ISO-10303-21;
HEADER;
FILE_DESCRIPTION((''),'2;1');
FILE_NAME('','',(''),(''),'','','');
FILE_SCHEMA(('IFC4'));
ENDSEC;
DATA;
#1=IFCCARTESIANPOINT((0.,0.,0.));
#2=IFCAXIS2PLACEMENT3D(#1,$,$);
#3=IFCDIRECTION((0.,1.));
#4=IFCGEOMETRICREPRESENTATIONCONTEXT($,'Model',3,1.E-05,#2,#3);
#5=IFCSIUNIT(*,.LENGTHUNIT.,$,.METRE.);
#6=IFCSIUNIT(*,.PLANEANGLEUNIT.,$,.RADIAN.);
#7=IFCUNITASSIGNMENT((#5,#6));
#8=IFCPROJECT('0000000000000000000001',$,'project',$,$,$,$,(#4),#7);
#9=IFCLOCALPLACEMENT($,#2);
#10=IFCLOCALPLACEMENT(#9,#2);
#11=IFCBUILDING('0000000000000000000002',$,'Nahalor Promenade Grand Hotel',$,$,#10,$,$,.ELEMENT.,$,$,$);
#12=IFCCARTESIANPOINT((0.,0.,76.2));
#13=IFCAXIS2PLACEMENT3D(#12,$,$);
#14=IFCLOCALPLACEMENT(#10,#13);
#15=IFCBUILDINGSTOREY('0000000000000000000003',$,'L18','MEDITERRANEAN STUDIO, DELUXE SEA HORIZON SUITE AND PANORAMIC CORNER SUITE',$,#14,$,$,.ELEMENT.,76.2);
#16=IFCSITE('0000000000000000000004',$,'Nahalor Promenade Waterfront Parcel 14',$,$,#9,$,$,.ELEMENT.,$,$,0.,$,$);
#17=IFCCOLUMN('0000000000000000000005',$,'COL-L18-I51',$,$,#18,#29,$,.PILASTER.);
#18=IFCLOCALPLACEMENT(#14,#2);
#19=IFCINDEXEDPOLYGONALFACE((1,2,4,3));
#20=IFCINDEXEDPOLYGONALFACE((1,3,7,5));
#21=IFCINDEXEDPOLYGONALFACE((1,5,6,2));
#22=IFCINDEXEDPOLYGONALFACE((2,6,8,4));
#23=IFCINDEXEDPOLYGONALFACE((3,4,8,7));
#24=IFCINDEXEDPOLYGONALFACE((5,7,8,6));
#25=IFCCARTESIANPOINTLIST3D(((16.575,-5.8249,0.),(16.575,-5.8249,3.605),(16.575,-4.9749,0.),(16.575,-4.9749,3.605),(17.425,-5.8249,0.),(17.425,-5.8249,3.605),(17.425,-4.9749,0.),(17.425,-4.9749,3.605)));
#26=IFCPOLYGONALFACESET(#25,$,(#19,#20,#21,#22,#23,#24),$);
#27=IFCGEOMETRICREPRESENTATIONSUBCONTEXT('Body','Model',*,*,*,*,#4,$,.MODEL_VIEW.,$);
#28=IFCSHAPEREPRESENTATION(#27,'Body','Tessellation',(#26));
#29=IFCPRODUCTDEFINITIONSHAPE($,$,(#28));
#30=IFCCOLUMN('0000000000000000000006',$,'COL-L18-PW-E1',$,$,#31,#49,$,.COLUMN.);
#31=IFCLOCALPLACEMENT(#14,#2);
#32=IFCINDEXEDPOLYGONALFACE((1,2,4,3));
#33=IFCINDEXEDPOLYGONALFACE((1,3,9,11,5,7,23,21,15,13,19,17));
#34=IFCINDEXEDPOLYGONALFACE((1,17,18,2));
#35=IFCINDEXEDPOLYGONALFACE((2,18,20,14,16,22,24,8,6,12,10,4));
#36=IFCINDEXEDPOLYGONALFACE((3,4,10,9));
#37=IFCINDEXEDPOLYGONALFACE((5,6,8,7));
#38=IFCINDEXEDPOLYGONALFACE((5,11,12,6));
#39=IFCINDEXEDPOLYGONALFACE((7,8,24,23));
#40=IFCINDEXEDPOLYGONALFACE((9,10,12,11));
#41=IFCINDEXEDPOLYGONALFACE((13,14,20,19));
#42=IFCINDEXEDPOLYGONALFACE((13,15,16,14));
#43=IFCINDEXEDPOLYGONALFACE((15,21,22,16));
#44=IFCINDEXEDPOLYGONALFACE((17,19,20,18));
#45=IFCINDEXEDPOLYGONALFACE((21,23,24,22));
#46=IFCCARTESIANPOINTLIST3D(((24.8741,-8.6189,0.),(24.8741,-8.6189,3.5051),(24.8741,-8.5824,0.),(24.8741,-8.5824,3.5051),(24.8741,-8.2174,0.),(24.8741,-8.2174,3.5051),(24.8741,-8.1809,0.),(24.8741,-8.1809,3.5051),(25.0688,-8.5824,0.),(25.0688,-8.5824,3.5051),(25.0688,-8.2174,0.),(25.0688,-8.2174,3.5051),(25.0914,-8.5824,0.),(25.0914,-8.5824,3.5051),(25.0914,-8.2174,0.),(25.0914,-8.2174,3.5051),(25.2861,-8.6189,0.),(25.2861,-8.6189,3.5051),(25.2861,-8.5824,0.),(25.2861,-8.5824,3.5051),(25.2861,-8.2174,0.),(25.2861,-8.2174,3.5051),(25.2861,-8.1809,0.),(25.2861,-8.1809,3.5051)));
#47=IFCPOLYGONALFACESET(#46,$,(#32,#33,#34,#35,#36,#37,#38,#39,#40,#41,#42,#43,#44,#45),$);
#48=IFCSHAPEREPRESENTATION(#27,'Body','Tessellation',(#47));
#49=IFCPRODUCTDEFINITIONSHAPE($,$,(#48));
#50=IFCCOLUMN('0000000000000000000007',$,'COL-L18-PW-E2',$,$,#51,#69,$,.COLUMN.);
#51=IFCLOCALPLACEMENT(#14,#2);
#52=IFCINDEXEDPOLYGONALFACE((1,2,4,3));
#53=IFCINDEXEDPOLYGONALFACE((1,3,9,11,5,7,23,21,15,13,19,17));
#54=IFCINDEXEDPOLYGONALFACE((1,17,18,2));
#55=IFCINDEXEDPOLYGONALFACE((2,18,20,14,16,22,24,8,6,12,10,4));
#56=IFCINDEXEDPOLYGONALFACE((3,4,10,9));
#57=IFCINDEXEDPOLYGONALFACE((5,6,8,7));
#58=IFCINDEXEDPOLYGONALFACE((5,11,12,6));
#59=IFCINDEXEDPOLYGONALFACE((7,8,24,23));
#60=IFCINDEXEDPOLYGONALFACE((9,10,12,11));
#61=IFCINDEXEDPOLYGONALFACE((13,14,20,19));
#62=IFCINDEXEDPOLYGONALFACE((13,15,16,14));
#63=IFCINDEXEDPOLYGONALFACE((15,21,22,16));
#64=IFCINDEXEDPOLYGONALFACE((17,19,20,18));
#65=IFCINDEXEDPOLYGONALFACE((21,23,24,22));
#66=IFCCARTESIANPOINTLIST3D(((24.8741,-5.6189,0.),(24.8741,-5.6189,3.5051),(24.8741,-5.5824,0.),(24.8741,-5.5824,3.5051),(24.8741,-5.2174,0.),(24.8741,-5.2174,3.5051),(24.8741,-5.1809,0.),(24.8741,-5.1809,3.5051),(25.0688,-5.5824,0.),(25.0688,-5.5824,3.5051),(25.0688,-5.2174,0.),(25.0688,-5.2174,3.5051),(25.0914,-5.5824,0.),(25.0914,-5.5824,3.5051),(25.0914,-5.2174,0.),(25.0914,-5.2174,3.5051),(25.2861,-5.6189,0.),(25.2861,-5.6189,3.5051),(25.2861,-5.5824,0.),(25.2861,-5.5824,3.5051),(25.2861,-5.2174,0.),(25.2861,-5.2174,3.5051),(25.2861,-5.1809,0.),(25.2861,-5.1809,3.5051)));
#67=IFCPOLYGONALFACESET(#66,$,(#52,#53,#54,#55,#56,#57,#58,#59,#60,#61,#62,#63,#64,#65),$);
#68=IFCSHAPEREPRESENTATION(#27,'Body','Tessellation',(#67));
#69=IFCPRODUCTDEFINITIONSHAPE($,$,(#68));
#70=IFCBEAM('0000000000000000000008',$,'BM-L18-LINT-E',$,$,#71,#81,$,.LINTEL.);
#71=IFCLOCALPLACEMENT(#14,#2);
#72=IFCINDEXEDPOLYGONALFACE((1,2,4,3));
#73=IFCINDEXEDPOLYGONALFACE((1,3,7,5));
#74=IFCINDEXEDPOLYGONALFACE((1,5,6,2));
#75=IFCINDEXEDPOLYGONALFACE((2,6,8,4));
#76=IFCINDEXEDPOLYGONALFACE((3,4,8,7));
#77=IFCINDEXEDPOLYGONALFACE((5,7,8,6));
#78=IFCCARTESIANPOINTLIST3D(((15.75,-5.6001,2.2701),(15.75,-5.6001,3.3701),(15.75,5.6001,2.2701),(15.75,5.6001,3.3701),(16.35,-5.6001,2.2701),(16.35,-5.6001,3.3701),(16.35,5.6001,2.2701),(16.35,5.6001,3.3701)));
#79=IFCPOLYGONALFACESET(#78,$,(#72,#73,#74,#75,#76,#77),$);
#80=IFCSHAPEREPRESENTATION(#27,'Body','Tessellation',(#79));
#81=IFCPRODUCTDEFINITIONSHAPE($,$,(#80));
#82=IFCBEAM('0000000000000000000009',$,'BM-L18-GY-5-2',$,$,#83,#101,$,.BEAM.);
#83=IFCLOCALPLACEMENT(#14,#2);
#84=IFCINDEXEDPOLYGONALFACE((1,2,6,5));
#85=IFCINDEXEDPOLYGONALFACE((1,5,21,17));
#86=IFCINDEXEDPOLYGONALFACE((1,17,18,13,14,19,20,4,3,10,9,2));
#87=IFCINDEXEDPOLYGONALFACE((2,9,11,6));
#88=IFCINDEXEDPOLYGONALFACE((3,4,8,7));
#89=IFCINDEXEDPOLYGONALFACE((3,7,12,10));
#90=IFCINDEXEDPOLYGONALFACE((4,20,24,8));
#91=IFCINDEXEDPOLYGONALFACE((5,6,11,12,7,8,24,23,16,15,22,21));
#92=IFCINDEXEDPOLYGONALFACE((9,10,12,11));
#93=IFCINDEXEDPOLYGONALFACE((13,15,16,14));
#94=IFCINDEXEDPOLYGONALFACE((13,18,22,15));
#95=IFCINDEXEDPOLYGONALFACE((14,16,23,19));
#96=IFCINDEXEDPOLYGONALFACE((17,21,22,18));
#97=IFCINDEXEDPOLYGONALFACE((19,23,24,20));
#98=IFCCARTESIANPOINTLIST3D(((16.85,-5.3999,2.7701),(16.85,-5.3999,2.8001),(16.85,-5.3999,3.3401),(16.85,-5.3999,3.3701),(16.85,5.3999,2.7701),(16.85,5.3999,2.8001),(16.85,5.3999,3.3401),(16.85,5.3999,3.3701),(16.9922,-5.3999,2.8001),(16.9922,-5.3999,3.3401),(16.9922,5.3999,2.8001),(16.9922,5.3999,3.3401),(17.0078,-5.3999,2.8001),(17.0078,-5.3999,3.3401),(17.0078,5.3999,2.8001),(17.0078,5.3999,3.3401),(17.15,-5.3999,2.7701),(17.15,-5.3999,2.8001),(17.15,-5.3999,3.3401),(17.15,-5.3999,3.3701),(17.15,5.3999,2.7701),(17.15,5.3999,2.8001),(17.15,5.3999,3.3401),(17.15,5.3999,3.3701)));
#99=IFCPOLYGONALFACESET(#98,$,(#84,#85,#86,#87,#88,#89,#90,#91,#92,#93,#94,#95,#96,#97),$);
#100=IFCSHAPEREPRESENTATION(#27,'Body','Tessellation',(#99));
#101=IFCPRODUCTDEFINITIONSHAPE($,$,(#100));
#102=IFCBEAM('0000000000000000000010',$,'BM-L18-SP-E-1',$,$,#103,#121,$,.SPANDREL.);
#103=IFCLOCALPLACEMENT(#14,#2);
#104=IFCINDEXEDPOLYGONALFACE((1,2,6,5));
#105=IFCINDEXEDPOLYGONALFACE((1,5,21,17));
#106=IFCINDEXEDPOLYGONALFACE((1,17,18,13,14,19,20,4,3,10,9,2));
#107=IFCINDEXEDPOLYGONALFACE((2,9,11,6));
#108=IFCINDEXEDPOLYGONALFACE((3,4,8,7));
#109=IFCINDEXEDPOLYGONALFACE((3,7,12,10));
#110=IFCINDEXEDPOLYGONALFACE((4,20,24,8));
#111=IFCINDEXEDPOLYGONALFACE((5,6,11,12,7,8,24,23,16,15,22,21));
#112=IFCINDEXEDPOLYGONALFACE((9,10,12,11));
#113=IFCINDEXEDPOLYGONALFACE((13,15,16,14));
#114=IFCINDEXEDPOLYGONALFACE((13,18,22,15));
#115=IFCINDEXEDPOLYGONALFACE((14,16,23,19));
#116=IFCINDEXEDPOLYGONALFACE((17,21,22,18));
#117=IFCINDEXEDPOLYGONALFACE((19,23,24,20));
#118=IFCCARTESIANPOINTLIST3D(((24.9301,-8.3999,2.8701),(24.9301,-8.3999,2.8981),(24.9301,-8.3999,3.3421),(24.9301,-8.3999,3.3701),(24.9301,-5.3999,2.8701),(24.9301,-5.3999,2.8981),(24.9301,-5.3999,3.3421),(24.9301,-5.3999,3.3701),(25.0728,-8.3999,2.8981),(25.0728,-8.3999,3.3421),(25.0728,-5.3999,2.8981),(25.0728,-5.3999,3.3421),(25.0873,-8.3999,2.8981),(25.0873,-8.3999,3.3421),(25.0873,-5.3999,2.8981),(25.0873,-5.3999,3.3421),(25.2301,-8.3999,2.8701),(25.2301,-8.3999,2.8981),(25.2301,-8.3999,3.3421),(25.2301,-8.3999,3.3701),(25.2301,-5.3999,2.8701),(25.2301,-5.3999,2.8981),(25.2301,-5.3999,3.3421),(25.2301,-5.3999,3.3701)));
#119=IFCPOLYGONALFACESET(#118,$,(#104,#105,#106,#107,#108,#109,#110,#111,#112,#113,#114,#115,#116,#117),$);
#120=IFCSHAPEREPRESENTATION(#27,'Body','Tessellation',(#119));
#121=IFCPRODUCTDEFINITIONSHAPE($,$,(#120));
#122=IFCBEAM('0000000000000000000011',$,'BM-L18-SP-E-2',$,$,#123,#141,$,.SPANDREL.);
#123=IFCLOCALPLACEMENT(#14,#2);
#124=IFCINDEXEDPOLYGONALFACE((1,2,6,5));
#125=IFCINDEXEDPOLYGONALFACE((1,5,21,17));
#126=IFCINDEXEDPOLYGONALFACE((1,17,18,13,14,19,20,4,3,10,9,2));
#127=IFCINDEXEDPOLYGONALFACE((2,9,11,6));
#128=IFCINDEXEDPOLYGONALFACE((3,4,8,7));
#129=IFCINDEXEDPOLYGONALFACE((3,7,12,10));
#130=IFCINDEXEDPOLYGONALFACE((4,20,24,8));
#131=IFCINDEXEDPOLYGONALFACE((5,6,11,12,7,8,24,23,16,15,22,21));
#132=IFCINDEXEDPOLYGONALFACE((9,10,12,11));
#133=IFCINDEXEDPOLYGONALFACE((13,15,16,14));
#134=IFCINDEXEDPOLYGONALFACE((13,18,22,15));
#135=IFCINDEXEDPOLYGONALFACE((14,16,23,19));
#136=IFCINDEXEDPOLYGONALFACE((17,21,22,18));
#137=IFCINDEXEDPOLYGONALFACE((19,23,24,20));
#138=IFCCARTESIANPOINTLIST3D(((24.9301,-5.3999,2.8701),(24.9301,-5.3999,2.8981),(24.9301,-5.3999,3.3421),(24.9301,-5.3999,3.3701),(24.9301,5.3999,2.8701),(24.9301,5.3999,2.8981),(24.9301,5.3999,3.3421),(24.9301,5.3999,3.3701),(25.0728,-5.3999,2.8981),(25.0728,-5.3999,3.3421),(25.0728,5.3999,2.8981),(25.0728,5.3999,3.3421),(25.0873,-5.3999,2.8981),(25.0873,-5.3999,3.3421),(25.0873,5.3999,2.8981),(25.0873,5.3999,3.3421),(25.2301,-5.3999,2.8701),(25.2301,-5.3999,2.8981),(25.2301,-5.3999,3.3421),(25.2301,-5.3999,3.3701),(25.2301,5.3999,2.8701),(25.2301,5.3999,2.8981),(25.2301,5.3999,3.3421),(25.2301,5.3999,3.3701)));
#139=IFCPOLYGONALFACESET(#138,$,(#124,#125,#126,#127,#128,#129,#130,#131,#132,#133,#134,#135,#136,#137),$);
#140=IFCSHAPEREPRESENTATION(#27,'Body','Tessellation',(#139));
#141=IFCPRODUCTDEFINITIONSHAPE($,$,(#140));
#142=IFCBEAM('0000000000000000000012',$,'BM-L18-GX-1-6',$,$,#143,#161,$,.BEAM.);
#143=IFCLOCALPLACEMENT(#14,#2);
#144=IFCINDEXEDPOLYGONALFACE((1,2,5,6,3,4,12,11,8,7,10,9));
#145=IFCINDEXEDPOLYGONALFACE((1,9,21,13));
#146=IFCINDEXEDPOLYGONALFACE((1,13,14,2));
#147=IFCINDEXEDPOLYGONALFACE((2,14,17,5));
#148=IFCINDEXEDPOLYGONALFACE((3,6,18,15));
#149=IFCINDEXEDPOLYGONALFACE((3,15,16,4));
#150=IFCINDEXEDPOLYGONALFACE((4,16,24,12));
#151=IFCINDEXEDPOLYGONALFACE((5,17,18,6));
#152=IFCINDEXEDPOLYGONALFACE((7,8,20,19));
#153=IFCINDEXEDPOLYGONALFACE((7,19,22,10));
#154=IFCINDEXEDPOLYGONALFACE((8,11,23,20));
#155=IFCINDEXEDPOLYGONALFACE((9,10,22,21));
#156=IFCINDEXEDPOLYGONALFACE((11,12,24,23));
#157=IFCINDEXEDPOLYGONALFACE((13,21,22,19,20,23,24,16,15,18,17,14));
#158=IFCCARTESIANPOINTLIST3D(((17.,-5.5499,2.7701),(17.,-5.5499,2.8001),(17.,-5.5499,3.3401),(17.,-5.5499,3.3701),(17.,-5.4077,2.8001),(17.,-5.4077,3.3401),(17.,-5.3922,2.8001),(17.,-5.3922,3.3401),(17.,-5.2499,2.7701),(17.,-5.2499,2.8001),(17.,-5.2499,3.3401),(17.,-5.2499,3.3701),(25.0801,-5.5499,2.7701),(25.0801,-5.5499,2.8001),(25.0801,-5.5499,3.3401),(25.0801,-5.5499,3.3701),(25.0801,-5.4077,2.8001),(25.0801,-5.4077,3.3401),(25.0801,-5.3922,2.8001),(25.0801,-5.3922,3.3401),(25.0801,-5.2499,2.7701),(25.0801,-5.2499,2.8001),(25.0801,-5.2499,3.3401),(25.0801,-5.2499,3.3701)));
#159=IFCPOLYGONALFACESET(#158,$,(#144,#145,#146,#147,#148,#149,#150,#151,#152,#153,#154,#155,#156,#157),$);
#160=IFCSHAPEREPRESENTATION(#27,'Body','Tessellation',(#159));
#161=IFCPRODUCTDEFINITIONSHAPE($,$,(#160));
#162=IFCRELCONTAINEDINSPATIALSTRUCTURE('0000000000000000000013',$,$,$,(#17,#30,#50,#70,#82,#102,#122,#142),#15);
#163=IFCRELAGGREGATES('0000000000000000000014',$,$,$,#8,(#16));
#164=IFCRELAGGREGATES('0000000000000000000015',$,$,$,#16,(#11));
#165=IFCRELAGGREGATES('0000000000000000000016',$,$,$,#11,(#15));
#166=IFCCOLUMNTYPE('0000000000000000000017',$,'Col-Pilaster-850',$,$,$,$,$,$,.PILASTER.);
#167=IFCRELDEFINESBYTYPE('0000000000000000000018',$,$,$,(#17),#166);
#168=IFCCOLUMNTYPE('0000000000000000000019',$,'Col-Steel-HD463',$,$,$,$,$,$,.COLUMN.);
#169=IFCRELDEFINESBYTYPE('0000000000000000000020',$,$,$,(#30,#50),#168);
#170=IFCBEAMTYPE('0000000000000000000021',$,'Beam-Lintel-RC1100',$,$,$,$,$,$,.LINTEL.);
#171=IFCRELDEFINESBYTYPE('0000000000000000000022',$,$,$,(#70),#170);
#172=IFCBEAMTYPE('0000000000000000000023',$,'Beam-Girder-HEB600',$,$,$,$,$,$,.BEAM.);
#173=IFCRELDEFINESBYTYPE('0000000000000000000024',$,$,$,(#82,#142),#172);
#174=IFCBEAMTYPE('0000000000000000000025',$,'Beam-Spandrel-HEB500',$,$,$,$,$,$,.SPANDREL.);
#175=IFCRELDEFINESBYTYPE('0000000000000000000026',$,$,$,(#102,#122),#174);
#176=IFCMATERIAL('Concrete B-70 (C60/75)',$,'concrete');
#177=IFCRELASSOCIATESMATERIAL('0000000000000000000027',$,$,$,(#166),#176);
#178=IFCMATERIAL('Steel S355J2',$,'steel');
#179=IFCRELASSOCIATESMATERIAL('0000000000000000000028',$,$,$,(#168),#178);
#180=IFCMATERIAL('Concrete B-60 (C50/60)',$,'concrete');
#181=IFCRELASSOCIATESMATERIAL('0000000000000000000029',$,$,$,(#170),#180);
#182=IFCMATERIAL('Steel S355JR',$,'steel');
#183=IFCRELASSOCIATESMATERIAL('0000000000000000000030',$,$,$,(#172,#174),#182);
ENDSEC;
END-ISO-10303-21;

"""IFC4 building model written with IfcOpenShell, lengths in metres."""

from ifc_helpers import new_model, si_unit, direction, frame, origin, origin_2d, place, context, subcontext, project, spatial, rectangle, i_section, extrude, source, transform, mapped, material, material_profile, profile_set, type_object, element, save


model = new_model("IFC4")

# Units and contexts
model_context = context("Model", 3, precision=1e-05, world=origin(), true_north=direction((0.0, 1.0)))
body_context = subcontext(model_context, "Body", "Model", "MODEL_VIEW")
ifc_project = project(units=[si_unit("LENGTHUNIT", "METRE"), si_unit("PLANEANGLEUNIT", "RADIAN")], contexts=[model_context])

# Site, building, storey
site_placement = place(None, origin())
site = spatial("IfcSite", under=ifc_project, at=site_placement, Name="Nahalor Promenade Waterfront Parcel 14", CompositionType="ELEMENT", RefElevation=0.0)
building_placement = place(site_placement, origin())
building = spatial("IfcBuilding", under=site, at=building_placement, Name="Nahalor Promenade Grand Hotel", CompositionType="ELEMENT")
storey_placement = place(building_placement, frame((0.0, 0.0, 76.2)))
storey = spatial("IfcBuildingStorey", under=building, at=storey_placement, Name="L18", Description="MEDITERRANEAN STUDIO, DELUXE SEA HORIZON SUITE AND PANORAMIC CORNER SUITE", CompositionType="ELEMENT", Elevation=76.2)

# Columns
ifc_material_1 = material(Name="Concrete B-70 (C60/75)", Category="concrete")
ifc_material_profile_1 = material_profile(ifc_material_1, rectangle(XDim=0.85, YDim=0.85, at=origin_2d()), Name="RC 850x850")
ifc_profile_set_1 = profile_set([ifc_material_profile_1], Name="Concrete B-70 (C60/75)")
column_type_1 = type_object("IfcColumnType", Name="Col-Pilaster-850", PredefinedType="PILASTER", material=ifc_profile_set_1)
shared_shape_1 = source(origin(), body_context, "Body", "SweptSolid", [
    extrude(rectangle(XDim=0.85, YDim=0.85, at=origin_2d()), origin(), (0.0, 0.0, 1.0), 3.605),
])
column_placement = place(storey_placement, frame((17.0, -5.3999, 0.0), z_axis=(0.0, 0.0, 1.0), x_axis=(1.0, 0.0, 0.0)))
element("IfcColumn", 1, at=column_placement, inside=storey, type_object=column_type_1, Name="COL-L18-I51", PredefinedType="PILASTER", context=body_context, shape_type="MappedRepresentation", body=[
    mapped(shared_shape_1, transform((0.0, 0.0, 0.0), scale=1.0)),
])
ifc_material_2 = material(Name="Steel S355J2", Category="steel")
ifc_material_profile_2 = material_profile(ifc_material_2, i_section(OverallWidth=0.412, OverallDepth=0.438, WebThickness=0.0226, FlangeThickness=0.0365, at=origin_2d()), Name="HD 400x463")
ifc_profile_set_2 = profile_set([ifc_material_profile_2], Name="Steel S355J2")
column_type_2 = type_object("IfcColumnType", Name="Col-Steel-HD463", PredefinedType="COLUMN", material=ifc_profile_set_2)
shared_shape_2 = source(origin(), body_context, "Body", "SweptSolid", [
    extrude(i_section(OverallWidth=0.412, OverallDepth=0.438, WebThickness=0.0226, FlangeThickness=0.0365, at=origin_2d()), origin(), (0.0, 0.0, 1.0), 3.5051),
])
for number, where, z_axis, x_axis, name in (
    (2, (25.0801, -8.3999, 0.0), (0.0, 0.0, 1.0), (1.0, 0.0, 0.0), "COL-L18-PW-E1"),
    (3, (25.0801, -5.3999, 0.0), (0.0, 0.0, 1.0), (1.0, 0.0, 0.0), "COL-L18-PW-E2"),
):
    element("IfcColumn", number, at=place(storey_placement, frame(where, z_axis=z_axis, x_axis=x_axis)), inside=storey, type_object=column_type_2, Name=name, PredefinedType="COLUMN", context=body_context, shape_type="MappedRepresentation", body=[
        mapped(shared_shape_2, transform((0.0, 0.0, 0.0), scale=1.0)),
    ])

# Beams
ifc_material_3 = material(Name="Concrete B-60 (C50/60)", Category="concrete")
ifc_material_profile_3 = material_profile(ifc_material_3, rectangle(XDim=0.6, YDim=1.1, at=origin_2d()), Name="RC 600x1100")
ifc_profile_set_3 = profile_set([ifc_material_profile_3], Name="Concrete B-60 (C50/60)")
beam_type_1 = type_object("IfcBeamType", Name="Beam-Lintel-RC1100", PredefinedType="LINTEL", material=ifc_profile_set_3)
shared_shape_3 = source(origin(), body_context, "Body", "SweptSolid", [
    extrude(rectangle(XDim=0.6, YDim=1.1, at=origin_2d()), origin(), (0.0, 0.0, 1.0), 11.2002),
])
beam_1_placement = place(storey_placement, frame((16.05, -5.6001, 2.8201), z_axis=(0.0, 1.0, 0.0), x_axis=(-1.0, 0.0, 0.0)))
element("IfcBeam", 4, at=beam_1_placement, inside=storey, type_object=beam_type_1, Name="BM-L18-LINT-E", PredefinedType="LINTEL", context=body_context, shape_type="MappedRepresentation", body=[
    mapped(shared_shape_3, transform((0.0, 0.0, 0.0), scale=1.0)),
])
ifc_material_4 = material(Name="Steel S355JR", Category="steel")
ifc_material_profile_4 = material_profile(ifc_material_4, i_section(OverallWidth=0.3, OverallDepth=0.6, WebThickness=0.0155, FlangeThickness=0.03, at=origin_2d()), Name="HEB 600")
ifc_profile_set_4 = profile_set([ifc_material_profile_4], Name="Steel S355JR")
beam_type_2 = type_object("IfcBeamType", Name="Beam-Girder-HEB600", PredefinedType="BEAM", material=ifc_profile_set_4)
shared_shape_4 = source(origin(), body_context, "Body", "SweptSolid", [
    extrude(i_section(OverallWidth=0.3, OverallDepth=0.6, WebThickness=0.0155, FlangeThickness=0.03, at=origin_2d()), origin(), (0.0, 0.0, 1.0), 10.7998),
])
beam_2_placement = place(storey_placement, frame((17.0, -5.3999, 3.0701), z_axis=(0.0, 1.0, 0.0), x_axis=(-1.0, 0.0, 0.0)))
element("IfcBeam", 5, at=beam_2_placement, inside=storey, type_object=beam_type_2, Name="BM-L18-GY-5-2", PredefinedType="BEAM", context=body_context, shape_type="MappedRepresentation", body=[
    mapped(shared_shape_4, transform((0.0, 0.0, 0.0), scale=1.0)),
])
ifc_material_profile_5 = material_profile(ifc_material_4, i_section(OverallWidth=0.3, OverallDepth=0.5, WebThickness=0.0145, FlangeThickness=0.028, at=origin_2d()), Name="HEB 500")
ifc_profile_set_5 = profile_set([ifc_material_profile_5], Name="Steel S355JR")
beam_type_3 = type_object("IfcBeamType", Name="Beam-Spandrel-HEB500", PredefinedType="SPANDREL", material=ifc_profile_set_5)
shared_shape_5 = source(origin(), body_context, "Body", "SweptSolid", [
    extrude(i_section(OverallWidth=0.3, OverallDepth=0.5, WebThickness=0.0145, FlangeThickness=0.028, at=origin_2d()), origin(), (0.0, 0.0, 1.0), 3.0),
])
beam_3_placement = place(storey_placement, frame((25.0801, -8.3999, 3.1201), z_axis=(0.0, 1.0, 0.0), x_axis=(-1.0, 0.0, 0.0)))
element("IfcBeam", 6, at=beam_3_placement, inside=storey, type_object=beam_type_3, Name="BM-L18-SP-E-1", PredefinedType="SPANDREL", context=body_context, shape_type="MappedRepresentation", body=[
    mapped(shared_shape_5, transform((0.0, 0.0, 0.0), scale=1.0)),
])
shared_shape_6 = source(origin(), body_context, "Body", "SweptSolid", [
    extrude(i_section(OverallWidth=0.3, OverallDepth=0.5, WebThickness=0.0145, FlangeThickness=0.028, at=origin_2d()), origin(), (0.0, 0.0, 1.0), 10.7998),
])
beam_4_placement = place(storey_placement, frame((25.0801, -5.3999, 3.1201), z_axis=(0.0, 1.0, 0.0), x_axis=(-1.0, 0.0, 0.0)))
element("IfcBeam", 7, at=beam_4_placement, inside=storey, type_object=beam_type_3, Name="BM-L18-SP-E-2", PredefinedType="SPANDREL", context=body_context, shape_type="MappedRepresentation", body=[
    mapped(shared_shape_6, transform((0.0, 0.0, 0.0), scale=1.0)),
])
shared_shape_7 = source(origin(), body_context, "Body", "SweptSolid", [
    extrude(i_section(OverallWidth=0.3, OverallDepth=0.6, WebThickness=0.0155, FlangeThickness=0.03, at=origin_2d()), origin(), (0.0, 0.0, 1.0), 8.0801),
])
beam_5_placement = place(storey_placement, frame((17.0, -5.3999, 3.0701), z_axis=(1.0, 0.0, 0.0), x_axis=(0.0, 1.0, 0.0)))
element("IfcBeam", 8, at=beam_5_placement, inside=storey, type_object=beam_type_2, Name="BM-L18-GX-1-6", PredefinedType="BEAM", context=body_context, shape_type="MappedRepresentation", body=[
    mapped(shared_shape_7, transform((0.0, 0.0, 0.0), scale=1.0)),
])

save(model, "model.ifc")
